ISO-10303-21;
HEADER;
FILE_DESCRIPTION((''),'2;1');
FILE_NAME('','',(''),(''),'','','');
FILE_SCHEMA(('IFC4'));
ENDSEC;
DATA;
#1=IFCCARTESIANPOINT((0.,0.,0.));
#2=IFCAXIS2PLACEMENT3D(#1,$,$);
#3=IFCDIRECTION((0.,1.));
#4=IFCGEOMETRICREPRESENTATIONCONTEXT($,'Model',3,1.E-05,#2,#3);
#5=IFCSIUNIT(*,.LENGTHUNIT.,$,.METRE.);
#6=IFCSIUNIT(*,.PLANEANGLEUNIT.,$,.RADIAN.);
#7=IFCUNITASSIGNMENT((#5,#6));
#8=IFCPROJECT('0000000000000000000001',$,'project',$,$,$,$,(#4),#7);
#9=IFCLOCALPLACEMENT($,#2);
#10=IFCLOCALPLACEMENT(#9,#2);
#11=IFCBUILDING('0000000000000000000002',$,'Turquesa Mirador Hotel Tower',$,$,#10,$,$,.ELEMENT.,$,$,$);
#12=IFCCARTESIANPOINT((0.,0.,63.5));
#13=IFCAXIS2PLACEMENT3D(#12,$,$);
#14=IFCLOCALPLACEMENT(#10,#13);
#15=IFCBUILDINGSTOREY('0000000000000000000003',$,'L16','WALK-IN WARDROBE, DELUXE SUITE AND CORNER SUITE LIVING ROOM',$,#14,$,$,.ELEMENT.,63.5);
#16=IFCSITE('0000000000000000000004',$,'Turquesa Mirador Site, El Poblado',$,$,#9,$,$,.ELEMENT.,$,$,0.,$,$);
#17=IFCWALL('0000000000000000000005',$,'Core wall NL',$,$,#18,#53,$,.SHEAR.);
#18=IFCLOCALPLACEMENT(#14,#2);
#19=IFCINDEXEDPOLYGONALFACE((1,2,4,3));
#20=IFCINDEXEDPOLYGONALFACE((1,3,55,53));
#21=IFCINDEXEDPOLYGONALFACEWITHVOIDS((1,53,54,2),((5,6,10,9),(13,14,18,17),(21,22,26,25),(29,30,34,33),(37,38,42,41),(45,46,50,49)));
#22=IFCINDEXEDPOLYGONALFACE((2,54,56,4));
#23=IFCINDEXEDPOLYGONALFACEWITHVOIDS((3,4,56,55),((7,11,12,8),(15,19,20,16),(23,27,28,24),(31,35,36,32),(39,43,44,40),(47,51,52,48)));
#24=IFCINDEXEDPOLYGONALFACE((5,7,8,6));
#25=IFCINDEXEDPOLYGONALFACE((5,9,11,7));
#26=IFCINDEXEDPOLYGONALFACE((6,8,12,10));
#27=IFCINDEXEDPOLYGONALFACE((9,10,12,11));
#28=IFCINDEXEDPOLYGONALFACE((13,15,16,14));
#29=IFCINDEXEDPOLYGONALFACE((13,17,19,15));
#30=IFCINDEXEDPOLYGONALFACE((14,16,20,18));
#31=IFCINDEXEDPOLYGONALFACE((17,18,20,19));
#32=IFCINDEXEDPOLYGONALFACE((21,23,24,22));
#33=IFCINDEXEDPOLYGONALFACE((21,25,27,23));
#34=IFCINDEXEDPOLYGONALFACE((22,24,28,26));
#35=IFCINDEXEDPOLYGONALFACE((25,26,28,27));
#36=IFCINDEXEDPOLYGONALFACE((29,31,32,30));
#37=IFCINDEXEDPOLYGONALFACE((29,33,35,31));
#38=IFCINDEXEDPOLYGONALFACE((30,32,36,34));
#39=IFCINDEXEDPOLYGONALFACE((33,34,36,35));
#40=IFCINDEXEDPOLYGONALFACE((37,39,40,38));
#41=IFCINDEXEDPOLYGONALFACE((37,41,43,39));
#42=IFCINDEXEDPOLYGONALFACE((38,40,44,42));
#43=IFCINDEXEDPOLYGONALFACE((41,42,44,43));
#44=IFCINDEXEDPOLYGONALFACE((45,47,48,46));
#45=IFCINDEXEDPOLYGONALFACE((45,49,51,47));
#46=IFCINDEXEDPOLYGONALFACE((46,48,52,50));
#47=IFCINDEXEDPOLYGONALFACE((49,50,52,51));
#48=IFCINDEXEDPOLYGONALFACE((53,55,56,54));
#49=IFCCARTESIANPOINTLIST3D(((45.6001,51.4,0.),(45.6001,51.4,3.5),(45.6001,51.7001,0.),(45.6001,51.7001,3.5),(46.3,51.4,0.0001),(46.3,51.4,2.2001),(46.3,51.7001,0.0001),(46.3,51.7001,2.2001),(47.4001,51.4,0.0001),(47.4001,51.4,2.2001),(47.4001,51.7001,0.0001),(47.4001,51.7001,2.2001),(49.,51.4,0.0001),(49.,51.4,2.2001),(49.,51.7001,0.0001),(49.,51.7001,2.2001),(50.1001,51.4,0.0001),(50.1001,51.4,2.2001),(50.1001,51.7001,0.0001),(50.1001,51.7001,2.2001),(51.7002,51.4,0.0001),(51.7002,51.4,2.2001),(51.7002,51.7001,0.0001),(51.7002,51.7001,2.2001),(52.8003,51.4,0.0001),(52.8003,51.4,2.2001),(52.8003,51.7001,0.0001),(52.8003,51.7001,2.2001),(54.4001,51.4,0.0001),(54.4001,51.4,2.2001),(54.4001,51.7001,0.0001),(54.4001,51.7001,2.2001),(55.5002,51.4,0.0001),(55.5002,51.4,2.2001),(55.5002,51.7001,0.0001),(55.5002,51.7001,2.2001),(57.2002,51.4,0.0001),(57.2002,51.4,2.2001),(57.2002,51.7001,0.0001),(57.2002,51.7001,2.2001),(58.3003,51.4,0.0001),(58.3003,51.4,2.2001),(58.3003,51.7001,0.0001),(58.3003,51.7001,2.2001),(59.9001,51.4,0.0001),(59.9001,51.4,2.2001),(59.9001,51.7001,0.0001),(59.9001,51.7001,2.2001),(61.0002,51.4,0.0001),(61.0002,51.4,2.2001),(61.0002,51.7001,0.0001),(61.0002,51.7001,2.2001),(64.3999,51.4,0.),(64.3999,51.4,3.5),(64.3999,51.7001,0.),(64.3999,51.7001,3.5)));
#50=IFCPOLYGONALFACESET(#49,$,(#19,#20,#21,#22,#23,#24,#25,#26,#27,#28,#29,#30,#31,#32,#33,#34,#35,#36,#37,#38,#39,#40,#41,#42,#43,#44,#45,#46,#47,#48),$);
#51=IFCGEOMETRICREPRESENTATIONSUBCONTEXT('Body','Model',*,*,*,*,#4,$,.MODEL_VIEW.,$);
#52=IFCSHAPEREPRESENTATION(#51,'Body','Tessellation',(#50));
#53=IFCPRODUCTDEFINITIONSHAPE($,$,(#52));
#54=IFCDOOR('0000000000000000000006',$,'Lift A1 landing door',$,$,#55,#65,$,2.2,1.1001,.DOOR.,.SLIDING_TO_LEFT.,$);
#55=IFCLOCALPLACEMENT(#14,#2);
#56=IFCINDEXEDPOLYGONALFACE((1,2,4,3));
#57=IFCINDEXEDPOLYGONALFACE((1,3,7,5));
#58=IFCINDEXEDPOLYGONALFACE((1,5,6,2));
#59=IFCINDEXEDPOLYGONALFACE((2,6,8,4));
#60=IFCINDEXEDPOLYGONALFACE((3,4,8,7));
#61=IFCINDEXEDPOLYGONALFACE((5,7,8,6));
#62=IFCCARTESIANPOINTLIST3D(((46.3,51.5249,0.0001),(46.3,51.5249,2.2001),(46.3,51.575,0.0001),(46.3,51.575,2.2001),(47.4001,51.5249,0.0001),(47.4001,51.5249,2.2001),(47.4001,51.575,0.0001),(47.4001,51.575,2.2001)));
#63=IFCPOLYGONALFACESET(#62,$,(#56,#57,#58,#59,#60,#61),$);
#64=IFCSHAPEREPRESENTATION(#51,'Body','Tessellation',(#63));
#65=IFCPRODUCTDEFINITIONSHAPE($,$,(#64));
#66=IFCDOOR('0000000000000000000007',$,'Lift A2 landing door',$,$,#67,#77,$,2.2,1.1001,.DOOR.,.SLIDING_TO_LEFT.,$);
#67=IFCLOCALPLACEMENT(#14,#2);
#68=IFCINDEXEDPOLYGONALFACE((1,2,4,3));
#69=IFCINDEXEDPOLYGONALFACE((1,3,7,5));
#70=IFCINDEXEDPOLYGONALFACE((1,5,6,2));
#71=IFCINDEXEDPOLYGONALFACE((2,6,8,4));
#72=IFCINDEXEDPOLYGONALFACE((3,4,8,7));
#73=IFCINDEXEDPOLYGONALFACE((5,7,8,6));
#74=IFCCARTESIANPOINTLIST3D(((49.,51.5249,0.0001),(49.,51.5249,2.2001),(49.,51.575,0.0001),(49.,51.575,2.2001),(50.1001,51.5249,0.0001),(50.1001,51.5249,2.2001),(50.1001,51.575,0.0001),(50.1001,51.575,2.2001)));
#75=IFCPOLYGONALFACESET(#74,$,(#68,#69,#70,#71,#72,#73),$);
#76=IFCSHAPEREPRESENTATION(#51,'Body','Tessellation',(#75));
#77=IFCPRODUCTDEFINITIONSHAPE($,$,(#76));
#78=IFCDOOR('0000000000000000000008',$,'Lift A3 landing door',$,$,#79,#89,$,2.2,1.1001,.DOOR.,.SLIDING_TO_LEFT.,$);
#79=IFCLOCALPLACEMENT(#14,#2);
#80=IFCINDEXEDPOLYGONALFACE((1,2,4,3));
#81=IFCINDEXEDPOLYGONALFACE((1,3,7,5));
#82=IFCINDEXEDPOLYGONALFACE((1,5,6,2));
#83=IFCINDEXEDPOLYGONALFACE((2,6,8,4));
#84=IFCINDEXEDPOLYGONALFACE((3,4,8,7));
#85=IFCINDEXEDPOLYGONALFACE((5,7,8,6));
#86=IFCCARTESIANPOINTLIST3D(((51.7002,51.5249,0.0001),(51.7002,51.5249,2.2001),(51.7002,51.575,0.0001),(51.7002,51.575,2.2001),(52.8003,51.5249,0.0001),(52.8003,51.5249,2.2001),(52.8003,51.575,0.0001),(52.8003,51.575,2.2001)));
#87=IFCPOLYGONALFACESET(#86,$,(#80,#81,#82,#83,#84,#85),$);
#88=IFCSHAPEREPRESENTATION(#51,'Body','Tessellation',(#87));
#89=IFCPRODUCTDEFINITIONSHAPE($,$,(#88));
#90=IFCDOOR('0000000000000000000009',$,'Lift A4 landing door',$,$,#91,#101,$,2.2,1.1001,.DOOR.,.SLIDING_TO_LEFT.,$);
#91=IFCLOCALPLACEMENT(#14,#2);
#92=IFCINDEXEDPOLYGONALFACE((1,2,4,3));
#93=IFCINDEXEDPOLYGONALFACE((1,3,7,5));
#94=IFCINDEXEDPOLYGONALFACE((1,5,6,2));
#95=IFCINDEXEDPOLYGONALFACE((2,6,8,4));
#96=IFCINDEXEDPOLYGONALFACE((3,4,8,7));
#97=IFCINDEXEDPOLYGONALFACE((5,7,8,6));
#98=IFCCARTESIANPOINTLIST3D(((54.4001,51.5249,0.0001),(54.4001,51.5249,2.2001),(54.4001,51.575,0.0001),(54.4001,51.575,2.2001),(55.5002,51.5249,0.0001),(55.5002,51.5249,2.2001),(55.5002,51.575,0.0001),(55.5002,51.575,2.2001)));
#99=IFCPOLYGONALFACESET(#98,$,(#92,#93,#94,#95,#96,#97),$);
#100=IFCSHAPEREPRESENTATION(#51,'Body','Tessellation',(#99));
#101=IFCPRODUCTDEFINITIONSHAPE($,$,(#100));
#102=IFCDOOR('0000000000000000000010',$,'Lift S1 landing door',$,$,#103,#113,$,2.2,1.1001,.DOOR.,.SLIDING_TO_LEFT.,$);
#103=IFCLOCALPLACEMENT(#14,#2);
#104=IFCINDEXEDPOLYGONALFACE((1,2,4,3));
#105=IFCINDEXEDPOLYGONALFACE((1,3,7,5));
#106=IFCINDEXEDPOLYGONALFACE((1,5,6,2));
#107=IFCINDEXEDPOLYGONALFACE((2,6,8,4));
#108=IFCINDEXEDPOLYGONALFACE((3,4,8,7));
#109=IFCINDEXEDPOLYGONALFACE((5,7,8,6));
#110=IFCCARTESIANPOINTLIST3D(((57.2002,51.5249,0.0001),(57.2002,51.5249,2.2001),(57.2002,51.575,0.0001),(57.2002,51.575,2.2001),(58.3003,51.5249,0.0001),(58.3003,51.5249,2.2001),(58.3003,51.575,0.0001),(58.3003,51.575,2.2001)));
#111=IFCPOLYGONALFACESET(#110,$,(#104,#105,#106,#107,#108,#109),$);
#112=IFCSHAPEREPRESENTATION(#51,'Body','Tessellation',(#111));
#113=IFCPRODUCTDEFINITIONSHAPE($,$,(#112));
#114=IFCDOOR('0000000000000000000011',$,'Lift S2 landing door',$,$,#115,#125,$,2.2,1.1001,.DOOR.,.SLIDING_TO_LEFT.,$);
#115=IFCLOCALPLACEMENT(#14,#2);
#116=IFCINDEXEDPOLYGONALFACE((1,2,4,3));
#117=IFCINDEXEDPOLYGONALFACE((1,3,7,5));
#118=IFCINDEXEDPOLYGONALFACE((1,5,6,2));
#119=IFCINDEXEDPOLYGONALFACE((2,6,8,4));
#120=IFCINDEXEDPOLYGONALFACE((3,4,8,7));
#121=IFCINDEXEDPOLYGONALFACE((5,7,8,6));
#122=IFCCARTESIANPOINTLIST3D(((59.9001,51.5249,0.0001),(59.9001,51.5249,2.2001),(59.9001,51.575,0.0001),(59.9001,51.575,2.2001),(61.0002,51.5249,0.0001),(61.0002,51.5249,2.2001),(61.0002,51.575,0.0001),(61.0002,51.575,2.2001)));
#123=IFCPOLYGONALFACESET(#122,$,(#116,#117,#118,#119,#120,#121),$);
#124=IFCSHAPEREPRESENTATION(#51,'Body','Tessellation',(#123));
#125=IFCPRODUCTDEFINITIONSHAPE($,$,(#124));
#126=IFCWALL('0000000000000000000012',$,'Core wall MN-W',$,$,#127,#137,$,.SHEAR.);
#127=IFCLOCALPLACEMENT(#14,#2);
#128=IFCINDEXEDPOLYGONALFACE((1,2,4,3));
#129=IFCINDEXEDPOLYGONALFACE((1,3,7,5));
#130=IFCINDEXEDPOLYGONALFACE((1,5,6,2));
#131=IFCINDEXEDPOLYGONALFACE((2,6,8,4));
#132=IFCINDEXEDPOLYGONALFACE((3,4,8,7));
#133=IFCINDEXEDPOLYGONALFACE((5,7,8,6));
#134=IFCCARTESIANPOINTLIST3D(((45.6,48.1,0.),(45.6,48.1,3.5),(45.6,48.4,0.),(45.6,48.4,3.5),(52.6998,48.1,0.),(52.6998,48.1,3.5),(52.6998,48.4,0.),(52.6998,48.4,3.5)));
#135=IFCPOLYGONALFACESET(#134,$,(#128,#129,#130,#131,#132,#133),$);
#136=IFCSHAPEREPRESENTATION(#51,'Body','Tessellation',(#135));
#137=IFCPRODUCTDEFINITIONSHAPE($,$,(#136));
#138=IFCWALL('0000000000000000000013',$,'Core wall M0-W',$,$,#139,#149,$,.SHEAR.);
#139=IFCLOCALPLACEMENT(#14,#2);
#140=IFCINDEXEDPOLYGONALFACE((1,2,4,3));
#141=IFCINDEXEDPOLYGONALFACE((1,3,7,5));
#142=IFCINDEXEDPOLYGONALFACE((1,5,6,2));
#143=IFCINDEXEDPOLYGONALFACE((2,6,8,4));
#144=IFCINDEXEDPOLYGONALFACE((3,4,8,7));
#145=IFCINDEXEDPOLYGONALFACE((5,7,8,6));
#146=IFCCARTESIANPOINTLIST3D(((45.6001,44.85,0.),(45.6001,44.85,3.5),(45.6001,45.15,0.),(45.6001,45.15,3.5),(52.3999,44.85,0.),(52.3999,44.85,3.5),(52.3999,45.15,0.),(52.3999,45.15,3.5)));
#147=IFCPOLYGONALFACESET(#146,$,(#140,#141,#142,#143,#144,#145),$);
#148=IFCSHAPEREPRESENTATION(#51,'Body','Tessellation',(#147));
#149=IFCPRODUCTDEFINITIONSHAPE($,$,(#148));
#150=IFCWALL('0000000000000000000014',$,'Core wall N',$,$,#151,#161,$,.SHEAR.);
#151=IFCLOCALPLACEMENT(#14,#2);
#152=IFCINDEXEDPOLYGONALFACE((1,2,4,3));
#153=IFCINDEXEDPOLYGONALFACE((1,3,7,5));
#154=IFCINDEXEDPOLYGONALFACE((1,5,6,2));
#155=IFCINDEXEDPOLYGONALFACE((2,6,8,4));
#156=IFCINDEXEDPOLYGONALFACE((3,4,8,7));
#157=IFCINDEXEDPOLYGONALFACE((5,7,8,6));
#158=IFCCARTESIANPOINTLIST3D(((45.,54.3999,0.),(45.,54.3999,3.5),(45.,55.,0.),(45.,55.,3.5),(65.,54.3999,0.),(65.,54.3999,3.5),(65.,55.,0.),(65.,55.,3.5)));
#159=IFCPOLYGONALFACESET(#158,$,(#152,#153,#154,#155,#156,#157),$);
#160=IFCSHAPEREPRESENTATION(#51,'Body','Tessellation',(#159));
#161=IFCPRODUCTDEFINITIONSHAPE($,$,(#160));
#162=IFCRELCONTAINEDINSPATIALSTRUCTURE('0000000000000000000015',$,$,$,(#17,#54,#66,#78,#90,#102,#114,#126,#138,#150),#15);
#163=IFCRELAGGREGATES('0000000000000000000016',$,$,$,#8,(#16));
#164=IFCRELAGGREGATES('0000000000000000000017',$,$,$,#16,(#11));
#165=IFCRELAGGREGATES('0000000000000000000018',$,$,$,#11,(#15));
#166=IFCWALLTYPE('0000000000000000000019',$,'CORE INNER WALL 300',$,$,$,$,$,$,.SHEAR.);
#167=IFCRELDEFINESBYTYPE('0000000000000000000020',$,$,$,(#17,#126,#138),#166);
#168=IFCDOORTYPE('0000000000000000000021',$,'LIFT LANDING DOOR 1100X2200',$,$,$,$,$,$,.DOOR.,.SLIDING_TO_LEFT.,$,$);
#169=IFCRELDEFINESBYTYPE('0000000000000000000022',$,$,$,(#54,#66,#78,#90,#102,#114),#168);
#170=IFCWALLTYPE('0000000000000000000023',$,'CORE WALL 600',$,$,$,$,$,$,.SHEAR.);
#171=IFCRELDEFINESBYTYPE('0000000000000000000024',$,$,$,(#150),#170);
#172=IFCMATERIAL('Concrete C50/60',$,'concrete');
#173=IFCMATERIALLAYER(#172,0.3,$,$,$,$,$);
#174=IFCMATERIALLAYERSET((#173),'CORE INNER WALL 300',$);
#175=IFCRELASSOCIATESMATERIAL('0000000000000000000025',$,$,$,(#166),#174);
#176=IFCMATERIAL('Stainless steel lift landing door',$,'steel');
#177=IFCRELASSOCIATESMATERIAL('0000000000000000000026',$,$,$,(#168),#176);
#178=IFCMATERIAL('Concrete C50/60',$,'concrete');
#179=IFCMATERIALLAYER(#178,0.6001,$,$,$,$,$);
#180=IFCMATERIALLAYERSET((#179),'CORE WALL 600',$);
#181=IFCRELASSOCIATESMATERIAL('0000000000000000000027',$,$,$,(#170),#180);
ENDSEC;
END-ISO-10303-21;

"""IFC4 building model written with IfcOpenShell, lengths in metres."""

from ifc_helpers import new_model, si_unit, direction, frame, frame_2d, origin, place, context, subcontext, project, spatial, rectangle, extrude, material, layer, layer_set, type_object, element, fill, save


model = new_model("IFC4")

# Units and contexts
model_context = context("Model", 3, precision=1e-05, world=origin(), true_north=direction((0.0, 1.0)))
body_context = subcontext(model_context, "Body", "Model", "MODEL_VIEW")
ifc_project = project(units=[si_unit("LENGTHUNIT", "METRE"), si_unit("PLANEANGLEUNIT", "RADIAN")], contexts=[model_context])

# Site, building, storey
site_placement = place(None, origin())
site = spatial("IfcSite", under=ifc_project, at=site_placement, Name="Turquesa Mirador Site, El Poblado", CompositionType="ELEMENT", RefElevation=0.0)
building_placement = place(site_placement, origin())
building = spatial("IfcBuilding", under=site, at=building_placement, Name="Turquesa Mirador Hotel Tower", CompositionType="ELEMENT")
storey_placement = place(building_placement, frame((0.0, 0.0, 63.5)))
storey = spatial("IfcBuildingStorey", under=building, at=storey_placement, Name="L16", Description="WALK-IN WARDROBE, DELUXE SUITE AND CORNER SUITE LIVING ROOM", CompositionType="ELEMENT", Elevation=63.5)

# Wall, openings, doors
ifc_material_1 = material(Name="Concrete C50/60", Category="concrete")
ifc_layer_1 = layer(ifc_material_1, 0.3)
ifc_layer_set_1 = layer_set([ifc_layer_1], Name="CORE INNER WALL 300")
wall_type_1 = type_object("IfcWallType", Name="CORE INNER WALL 300", PredefinedType="SHEAR", material=ifc_layer_set_1)
wall_1_placement = place(storey_placement, frame((45.6001, 51.55, 0.0), z_axis=(0.0, 0.0, 1.0), x_axis=(1.0, 0.0, 0.0)))
wall_1 = element("IfcWall", 1, at=wall_1_placement, inside=storey, type_object=wall_type_1, Name="Core wall NL", PredefinedType="SHEAR", context=body_context, shape_type="SweptSolid", body=[
    extrude(rectangle(XDim=18.7998, YDim=0.3, at=frame_2d((9.3999, 0.0))), origin(), (0.0, 0.0, 1.0), 3.5),
])
opening_1_placement = place(wall_1_placement, frame((0.7, 0.0, 0.0)))
opening_1 = element("IfcOpeningElement", 2, at=opening_1_placement, cuts=wall_1, PredefinedType="OPENING", context=body_context, shape_type="SweptSolid", body=[
    extrude(rectangle(XDim=1.1001, YDim=2.2, at=frame_2d((0.55, 1.1001))), frame((0.0, 0.1599, 0.0), z_axis=(0.0, -1.0, 0.0), x_axis=(1.0, 0.0, 0.0)), (0.0, 0.0, 1.0), 0.3201),
])
opening_2_placement = place(wall_1_placement, frame((3.3999, 0.0, 0.0)))
opening_2 = element("IfcOpeningElement", 3, at=opening_2_placement, cuts=wall_1, PredefinedType="OPENING", context=body_context, shape_type="SweptSolid", body=[
    extrude(rectangle(XDim=1.1001, YDim=2.2, at=frame_2d((0.55, 1.1001))), frame((0.0, 0.1599, 0.0), z_axis=(0.0, -1.0, 0.0), x_axis=(1.0, 0.0, 0.0)), (0.0, 0.0, 1.0), 0.3201),
])
opening_3_placement = place(wall_1_placement, frame((6.1001, 0.0, 0.0)))
opening_3 = element("IfcOpeningElement", 4, at=opening_3_placement, cuts=wall_1, PredefinedType="OPENING", context=body_context, shape_type="SweptSolid", body=[
    extrude(rectangle(XDim=1.1001, YDim=2.2, at=frame_2d((0.55, 1.1001))), frame((0.0, 0.1599, 0.0), z_axis=(0.0, -1.0, 0.0), x_axis=(1.0, 0.0, 0.0)), (0.0, 0.0, 1.0), 0.3201),
])
opening_4_placement = place(wall_1_placement, frame((8.8, 0.0, 0.0)))
opening_4 = element("IfcOpeningElement", 5, at=opening_4_placement, cuts=wall_1, PredefinedType="OPENING", context=body_context, shape_type="SweptSolid", body=[
    extrude(rectangle(XDim=1.1001, YDim=2.2, at=frame_2d((0.55, 1.1001))), frame((0.0, 0.1599, 0.0), z_axis=(0.0, -1.0, 0.0), x_axis=(1.0, 0.0, 0.0)), (0.0, 0.0, 1.0), 0.3201),
])
opening_5_placement = place(wall_1_placement, frame((11.6001, 0.0, 0.0)))
opening_5 = element("IfcOpeningElement", 6, at=opening_5_placement, cuts=wall_1, PredefinedType="OPENING", context=body_context, shape_type="SweptSolid", body=[
    extrude(rectangle(XDim=1.1001, YDim=2.2, at=frame_2d((0.55, 1.1001))), frame((0.0, 0.1599, 0.0), z_axis=(0.0, -1.0, 0.0), x_axis=(1.0, 0.0, 0.0)), (0.0, 0.0, 1.0), 0.3201),
])
opening_6_placement = place(wall_1_placement, frame((14.3, 0.0, 0.0)))
opening_6 = element("IfcOpeningElement", 7, at=opening_6_placement, cuts=wall_1, PredefinedType="OPENING", context=body_context, shape_type="SweptSolid", body=[
    extrude(rectangle(XDim=1.1001, YDim=2.2, at=frame_2d((0.55, 1.1001))), frame((0.0, 0.1599, 0.0), z_axis=(0.0, -1.0, 0.0), x_axis=(1.0, 0.0, 0.0)), (0.0, 0.0, 1.0), 0.3201),
])
ifc_material_2 = material(Name="Stainless steel lift landing door", Category="steel")
door_type_1 = type_object("IfcDoorType", Name="LIFT LANDING DOOR 1100X2200", OperationType="SLIDING_TO_LEFT", PredefinedType="DOOR", material=ifc_material_2)
door_1_placement = place(opening_1_placement, origin())
door_1 = element("IfcDoor", 8, at=door_1_placement, inside=storey, type_object=door_type_1, Name="Lift A1 landing door", OperationType="SLIDING_TO_LEFT", OverallHeight=2.2, OverallWidth=1.1001, PredefinedType="DOOR", context=body_context, shape_type="SweptSolid", body=[
    extrude(rectangle(XDim=1.1001, YDim=2.2, at=frame_2d((0.55, 1.1001))), frame((0.0, 0.0249, 0.0), z_axis=(0.0, -1.0, 0.0), x_axis=(1.0, 0.0, 0.0)), (0.0, 0.0, 1.0), 0.05),
])
fill(opening_1, door_1)
door_2_placement = place(opening_2_placement, origin())
door_2 = element("IfcDoor", 9, at=door_2_placement, inside=storey, type_object=door_type_1, Name="Lift A2 landing door", OperationType="SLIDING_TO_LEFT", OverallHeight=2.2, OverallWidth=1.1001, PredefinedType="DOOR", context=body_context, shape_type="SweptSolid", body=[
    extrude(rectangle(XDim=1.1001, YDim=2.2, at=frame_2d((0.55, 1.1001))), frame((0.0, 0.0249, 0.0), z_axis=(0.0, -1.0, 0.0), x_axis=(1.0, 0.0, 0.0)), (0.0, 0.0, 1.0), 0.05),
])
fill(opening_2, door_2)
door_3_placement = place(opening_3_placement, origin())
door_3 = element("IfcDoor", 10, at=door_3_placement, inside=storey, type_object=door_type_1, Name="Lift A3 landing door", OperationType="SLIDING_TO_LEFT", OverallHeight=2.2, OverallWidth=1.1001, PredefinedType="DOOR", context=body_context, shape_type="SweptSolid", body=[
    extrude(rectangle(XDim=1.1001, YDim=2.2, at=frame_2d((0.55, 1.1001))), frame((0.0, 0.0249, 0.0), z_axis=(0.0, -1.0, 0.0), x_axis=(1.0, 0.0, 0.0)), (0.0, 0.0, 1.0), 0.05),
])
fill(opening_3, door_3)
door_4_placement = place(opening_4_placement, origin())
door_4 = element("IfcDoor", 11, at=door_4_placement, inside=storey, type_object=door_type_1, Name="Lift A4 landing door", OperationType="SLIDING_TO_LEFT", OverallHeight=2.2, OverallWidth=1.1001, PredefinedType="DOOR", context=body_context, shape_type="SweptSolid", body=[
    extrude(rectangle(XDim=1.1001, YDim=2.2, at=frame_2d((0.55, 1.1001))), frame((0.0, 0.0249, 0.0), z_axis=(0.0, -1.0, 0.0), x_axis=(1.0, 0.0, 0.0)), (0.0, 0.0, 1.0), 0.05),
])
fill(opening_4, door_4)
door_5_placement = place(opening_5_placement, origin())
door_5 = element("IfcDoor", 12, at=door_5_placement, inside=storey, type_object=door_type_1, Name="Lift S1 landing door", OperationType="SLIDING_TO_LEFT", OverallHeight=2.2, OverallWidth=1.1001, PredefinedType="DOOR", context=body_context, shape_type="SweptSolid", body=[
    extrude(rectangle(XDim=1.1001, YDim=2.2, at=frame_2d((0.55, 1.1001))), frame((0.0, 0.0249, 0.0), z_axis=(0.0, -1.0, 0.0), x_axis=(1.0, 0.0, 0.0)), (0.0, 0.0, 1.0), 0.05),
])
fill(opening_5, door_5)
door_6_placement = place(opening_6_placement, origin())
door_6 = element("IfcDoor", 13, at=door_6_placement, inside=storey, type_object=door_type_1, Name="Lift S2 landing door", OperationType="SLIDING_TO_LEFT", OverallHeight=2.2, OverallWidth=1.1001, PredefinedType="DOOR", context=body_context, shape_type="SweptSolid", body=[
    extrude(rectangle(XDim=1.1001, YDim=2.2, at=frame_2d((0.55, 1.1001))), frame((0.0, 0.0249, 0.0), z_axis=(0.0, -1.0, 0.0), x_axis=(1.0, 0.0, 0.0)), (0.0, 0.0, 1.0), 0.05),
])
fill(opening_6, door_6)

# Walls
wall_2_placement = place(storey_placement, frame((45.6001, 48.25, 0.0), z_axis=(0.0, 0.0, 1.0), x_axis=(1.0, 0.0, 0.0)))
element("IfcWall", 14, at=wall_2_placement, inside=storey, type_object=wall_type_1, Name="Core wall MN-W", PredefinedType="SHEAR", context=body_context, shape_type="SweptSolid", body=[
    extrude(rectangle(XDim=7.0999, YDim=0.3, at=frame_2d((3.5498, 0.0))), origin(), (0.0, 0.0, 1.0), 3.5),
])
wall_3_placement = place(storey_placement, frame((45.6001, 45.0, 0.0), z_axis=(0.0, 0.0, 1.0), x_axis=(1.0, 0.0, 0.0)))
element("IfcWall", 15, at=wall_3_placement, inside=storey, type_object=wall_type_1, Name="Core wall M0-W", PredefinedType="SHEAR", context=body_context, shape_type="SweptSolid", body=[
    extrude(rectangle(XDim=6.7998, YDim=0.3, at=frame_2d((3.3999, 0.0))), origin(), (0.0, 0.0, 1.0), 3.5),
])
ifc_material_3 = material(Name="Concrete C50/60", Category="concrete")
ifc_layer_2 = layer(ifc_material_3, 0.6001)
ifc_layer_set_2 = layer_set([ifc_layer_2], Name="CORE WALL 600")
wall_type_2 = type_object("IfcWallType", Name="CORE WALL 600", PredefinedType="SHEAR", material=ifc_layer_set_2)
wall_4_placement = place(storey_placement, frame((45.0, 54.7, 0.0), z_axis=(0.0, 0.0, 1.0), x_axis=(1.0, 0.0, 0.0)))
element("IfcWall", 16, at=wall_4_placement, inside=storey, type_object=wall_type_2, Name="Core wall N", PredefinedType="SHEAR", context=body_context, shape_type="SweptSolid", body=[
    extrude(rectangle(XDim=20.0, YDim=0.6001, at=frame_2d((10.0, 0.0))), origin(), (0.0, 0.0, 1.0), 3.5),
])

save(model, "model.ifc")
